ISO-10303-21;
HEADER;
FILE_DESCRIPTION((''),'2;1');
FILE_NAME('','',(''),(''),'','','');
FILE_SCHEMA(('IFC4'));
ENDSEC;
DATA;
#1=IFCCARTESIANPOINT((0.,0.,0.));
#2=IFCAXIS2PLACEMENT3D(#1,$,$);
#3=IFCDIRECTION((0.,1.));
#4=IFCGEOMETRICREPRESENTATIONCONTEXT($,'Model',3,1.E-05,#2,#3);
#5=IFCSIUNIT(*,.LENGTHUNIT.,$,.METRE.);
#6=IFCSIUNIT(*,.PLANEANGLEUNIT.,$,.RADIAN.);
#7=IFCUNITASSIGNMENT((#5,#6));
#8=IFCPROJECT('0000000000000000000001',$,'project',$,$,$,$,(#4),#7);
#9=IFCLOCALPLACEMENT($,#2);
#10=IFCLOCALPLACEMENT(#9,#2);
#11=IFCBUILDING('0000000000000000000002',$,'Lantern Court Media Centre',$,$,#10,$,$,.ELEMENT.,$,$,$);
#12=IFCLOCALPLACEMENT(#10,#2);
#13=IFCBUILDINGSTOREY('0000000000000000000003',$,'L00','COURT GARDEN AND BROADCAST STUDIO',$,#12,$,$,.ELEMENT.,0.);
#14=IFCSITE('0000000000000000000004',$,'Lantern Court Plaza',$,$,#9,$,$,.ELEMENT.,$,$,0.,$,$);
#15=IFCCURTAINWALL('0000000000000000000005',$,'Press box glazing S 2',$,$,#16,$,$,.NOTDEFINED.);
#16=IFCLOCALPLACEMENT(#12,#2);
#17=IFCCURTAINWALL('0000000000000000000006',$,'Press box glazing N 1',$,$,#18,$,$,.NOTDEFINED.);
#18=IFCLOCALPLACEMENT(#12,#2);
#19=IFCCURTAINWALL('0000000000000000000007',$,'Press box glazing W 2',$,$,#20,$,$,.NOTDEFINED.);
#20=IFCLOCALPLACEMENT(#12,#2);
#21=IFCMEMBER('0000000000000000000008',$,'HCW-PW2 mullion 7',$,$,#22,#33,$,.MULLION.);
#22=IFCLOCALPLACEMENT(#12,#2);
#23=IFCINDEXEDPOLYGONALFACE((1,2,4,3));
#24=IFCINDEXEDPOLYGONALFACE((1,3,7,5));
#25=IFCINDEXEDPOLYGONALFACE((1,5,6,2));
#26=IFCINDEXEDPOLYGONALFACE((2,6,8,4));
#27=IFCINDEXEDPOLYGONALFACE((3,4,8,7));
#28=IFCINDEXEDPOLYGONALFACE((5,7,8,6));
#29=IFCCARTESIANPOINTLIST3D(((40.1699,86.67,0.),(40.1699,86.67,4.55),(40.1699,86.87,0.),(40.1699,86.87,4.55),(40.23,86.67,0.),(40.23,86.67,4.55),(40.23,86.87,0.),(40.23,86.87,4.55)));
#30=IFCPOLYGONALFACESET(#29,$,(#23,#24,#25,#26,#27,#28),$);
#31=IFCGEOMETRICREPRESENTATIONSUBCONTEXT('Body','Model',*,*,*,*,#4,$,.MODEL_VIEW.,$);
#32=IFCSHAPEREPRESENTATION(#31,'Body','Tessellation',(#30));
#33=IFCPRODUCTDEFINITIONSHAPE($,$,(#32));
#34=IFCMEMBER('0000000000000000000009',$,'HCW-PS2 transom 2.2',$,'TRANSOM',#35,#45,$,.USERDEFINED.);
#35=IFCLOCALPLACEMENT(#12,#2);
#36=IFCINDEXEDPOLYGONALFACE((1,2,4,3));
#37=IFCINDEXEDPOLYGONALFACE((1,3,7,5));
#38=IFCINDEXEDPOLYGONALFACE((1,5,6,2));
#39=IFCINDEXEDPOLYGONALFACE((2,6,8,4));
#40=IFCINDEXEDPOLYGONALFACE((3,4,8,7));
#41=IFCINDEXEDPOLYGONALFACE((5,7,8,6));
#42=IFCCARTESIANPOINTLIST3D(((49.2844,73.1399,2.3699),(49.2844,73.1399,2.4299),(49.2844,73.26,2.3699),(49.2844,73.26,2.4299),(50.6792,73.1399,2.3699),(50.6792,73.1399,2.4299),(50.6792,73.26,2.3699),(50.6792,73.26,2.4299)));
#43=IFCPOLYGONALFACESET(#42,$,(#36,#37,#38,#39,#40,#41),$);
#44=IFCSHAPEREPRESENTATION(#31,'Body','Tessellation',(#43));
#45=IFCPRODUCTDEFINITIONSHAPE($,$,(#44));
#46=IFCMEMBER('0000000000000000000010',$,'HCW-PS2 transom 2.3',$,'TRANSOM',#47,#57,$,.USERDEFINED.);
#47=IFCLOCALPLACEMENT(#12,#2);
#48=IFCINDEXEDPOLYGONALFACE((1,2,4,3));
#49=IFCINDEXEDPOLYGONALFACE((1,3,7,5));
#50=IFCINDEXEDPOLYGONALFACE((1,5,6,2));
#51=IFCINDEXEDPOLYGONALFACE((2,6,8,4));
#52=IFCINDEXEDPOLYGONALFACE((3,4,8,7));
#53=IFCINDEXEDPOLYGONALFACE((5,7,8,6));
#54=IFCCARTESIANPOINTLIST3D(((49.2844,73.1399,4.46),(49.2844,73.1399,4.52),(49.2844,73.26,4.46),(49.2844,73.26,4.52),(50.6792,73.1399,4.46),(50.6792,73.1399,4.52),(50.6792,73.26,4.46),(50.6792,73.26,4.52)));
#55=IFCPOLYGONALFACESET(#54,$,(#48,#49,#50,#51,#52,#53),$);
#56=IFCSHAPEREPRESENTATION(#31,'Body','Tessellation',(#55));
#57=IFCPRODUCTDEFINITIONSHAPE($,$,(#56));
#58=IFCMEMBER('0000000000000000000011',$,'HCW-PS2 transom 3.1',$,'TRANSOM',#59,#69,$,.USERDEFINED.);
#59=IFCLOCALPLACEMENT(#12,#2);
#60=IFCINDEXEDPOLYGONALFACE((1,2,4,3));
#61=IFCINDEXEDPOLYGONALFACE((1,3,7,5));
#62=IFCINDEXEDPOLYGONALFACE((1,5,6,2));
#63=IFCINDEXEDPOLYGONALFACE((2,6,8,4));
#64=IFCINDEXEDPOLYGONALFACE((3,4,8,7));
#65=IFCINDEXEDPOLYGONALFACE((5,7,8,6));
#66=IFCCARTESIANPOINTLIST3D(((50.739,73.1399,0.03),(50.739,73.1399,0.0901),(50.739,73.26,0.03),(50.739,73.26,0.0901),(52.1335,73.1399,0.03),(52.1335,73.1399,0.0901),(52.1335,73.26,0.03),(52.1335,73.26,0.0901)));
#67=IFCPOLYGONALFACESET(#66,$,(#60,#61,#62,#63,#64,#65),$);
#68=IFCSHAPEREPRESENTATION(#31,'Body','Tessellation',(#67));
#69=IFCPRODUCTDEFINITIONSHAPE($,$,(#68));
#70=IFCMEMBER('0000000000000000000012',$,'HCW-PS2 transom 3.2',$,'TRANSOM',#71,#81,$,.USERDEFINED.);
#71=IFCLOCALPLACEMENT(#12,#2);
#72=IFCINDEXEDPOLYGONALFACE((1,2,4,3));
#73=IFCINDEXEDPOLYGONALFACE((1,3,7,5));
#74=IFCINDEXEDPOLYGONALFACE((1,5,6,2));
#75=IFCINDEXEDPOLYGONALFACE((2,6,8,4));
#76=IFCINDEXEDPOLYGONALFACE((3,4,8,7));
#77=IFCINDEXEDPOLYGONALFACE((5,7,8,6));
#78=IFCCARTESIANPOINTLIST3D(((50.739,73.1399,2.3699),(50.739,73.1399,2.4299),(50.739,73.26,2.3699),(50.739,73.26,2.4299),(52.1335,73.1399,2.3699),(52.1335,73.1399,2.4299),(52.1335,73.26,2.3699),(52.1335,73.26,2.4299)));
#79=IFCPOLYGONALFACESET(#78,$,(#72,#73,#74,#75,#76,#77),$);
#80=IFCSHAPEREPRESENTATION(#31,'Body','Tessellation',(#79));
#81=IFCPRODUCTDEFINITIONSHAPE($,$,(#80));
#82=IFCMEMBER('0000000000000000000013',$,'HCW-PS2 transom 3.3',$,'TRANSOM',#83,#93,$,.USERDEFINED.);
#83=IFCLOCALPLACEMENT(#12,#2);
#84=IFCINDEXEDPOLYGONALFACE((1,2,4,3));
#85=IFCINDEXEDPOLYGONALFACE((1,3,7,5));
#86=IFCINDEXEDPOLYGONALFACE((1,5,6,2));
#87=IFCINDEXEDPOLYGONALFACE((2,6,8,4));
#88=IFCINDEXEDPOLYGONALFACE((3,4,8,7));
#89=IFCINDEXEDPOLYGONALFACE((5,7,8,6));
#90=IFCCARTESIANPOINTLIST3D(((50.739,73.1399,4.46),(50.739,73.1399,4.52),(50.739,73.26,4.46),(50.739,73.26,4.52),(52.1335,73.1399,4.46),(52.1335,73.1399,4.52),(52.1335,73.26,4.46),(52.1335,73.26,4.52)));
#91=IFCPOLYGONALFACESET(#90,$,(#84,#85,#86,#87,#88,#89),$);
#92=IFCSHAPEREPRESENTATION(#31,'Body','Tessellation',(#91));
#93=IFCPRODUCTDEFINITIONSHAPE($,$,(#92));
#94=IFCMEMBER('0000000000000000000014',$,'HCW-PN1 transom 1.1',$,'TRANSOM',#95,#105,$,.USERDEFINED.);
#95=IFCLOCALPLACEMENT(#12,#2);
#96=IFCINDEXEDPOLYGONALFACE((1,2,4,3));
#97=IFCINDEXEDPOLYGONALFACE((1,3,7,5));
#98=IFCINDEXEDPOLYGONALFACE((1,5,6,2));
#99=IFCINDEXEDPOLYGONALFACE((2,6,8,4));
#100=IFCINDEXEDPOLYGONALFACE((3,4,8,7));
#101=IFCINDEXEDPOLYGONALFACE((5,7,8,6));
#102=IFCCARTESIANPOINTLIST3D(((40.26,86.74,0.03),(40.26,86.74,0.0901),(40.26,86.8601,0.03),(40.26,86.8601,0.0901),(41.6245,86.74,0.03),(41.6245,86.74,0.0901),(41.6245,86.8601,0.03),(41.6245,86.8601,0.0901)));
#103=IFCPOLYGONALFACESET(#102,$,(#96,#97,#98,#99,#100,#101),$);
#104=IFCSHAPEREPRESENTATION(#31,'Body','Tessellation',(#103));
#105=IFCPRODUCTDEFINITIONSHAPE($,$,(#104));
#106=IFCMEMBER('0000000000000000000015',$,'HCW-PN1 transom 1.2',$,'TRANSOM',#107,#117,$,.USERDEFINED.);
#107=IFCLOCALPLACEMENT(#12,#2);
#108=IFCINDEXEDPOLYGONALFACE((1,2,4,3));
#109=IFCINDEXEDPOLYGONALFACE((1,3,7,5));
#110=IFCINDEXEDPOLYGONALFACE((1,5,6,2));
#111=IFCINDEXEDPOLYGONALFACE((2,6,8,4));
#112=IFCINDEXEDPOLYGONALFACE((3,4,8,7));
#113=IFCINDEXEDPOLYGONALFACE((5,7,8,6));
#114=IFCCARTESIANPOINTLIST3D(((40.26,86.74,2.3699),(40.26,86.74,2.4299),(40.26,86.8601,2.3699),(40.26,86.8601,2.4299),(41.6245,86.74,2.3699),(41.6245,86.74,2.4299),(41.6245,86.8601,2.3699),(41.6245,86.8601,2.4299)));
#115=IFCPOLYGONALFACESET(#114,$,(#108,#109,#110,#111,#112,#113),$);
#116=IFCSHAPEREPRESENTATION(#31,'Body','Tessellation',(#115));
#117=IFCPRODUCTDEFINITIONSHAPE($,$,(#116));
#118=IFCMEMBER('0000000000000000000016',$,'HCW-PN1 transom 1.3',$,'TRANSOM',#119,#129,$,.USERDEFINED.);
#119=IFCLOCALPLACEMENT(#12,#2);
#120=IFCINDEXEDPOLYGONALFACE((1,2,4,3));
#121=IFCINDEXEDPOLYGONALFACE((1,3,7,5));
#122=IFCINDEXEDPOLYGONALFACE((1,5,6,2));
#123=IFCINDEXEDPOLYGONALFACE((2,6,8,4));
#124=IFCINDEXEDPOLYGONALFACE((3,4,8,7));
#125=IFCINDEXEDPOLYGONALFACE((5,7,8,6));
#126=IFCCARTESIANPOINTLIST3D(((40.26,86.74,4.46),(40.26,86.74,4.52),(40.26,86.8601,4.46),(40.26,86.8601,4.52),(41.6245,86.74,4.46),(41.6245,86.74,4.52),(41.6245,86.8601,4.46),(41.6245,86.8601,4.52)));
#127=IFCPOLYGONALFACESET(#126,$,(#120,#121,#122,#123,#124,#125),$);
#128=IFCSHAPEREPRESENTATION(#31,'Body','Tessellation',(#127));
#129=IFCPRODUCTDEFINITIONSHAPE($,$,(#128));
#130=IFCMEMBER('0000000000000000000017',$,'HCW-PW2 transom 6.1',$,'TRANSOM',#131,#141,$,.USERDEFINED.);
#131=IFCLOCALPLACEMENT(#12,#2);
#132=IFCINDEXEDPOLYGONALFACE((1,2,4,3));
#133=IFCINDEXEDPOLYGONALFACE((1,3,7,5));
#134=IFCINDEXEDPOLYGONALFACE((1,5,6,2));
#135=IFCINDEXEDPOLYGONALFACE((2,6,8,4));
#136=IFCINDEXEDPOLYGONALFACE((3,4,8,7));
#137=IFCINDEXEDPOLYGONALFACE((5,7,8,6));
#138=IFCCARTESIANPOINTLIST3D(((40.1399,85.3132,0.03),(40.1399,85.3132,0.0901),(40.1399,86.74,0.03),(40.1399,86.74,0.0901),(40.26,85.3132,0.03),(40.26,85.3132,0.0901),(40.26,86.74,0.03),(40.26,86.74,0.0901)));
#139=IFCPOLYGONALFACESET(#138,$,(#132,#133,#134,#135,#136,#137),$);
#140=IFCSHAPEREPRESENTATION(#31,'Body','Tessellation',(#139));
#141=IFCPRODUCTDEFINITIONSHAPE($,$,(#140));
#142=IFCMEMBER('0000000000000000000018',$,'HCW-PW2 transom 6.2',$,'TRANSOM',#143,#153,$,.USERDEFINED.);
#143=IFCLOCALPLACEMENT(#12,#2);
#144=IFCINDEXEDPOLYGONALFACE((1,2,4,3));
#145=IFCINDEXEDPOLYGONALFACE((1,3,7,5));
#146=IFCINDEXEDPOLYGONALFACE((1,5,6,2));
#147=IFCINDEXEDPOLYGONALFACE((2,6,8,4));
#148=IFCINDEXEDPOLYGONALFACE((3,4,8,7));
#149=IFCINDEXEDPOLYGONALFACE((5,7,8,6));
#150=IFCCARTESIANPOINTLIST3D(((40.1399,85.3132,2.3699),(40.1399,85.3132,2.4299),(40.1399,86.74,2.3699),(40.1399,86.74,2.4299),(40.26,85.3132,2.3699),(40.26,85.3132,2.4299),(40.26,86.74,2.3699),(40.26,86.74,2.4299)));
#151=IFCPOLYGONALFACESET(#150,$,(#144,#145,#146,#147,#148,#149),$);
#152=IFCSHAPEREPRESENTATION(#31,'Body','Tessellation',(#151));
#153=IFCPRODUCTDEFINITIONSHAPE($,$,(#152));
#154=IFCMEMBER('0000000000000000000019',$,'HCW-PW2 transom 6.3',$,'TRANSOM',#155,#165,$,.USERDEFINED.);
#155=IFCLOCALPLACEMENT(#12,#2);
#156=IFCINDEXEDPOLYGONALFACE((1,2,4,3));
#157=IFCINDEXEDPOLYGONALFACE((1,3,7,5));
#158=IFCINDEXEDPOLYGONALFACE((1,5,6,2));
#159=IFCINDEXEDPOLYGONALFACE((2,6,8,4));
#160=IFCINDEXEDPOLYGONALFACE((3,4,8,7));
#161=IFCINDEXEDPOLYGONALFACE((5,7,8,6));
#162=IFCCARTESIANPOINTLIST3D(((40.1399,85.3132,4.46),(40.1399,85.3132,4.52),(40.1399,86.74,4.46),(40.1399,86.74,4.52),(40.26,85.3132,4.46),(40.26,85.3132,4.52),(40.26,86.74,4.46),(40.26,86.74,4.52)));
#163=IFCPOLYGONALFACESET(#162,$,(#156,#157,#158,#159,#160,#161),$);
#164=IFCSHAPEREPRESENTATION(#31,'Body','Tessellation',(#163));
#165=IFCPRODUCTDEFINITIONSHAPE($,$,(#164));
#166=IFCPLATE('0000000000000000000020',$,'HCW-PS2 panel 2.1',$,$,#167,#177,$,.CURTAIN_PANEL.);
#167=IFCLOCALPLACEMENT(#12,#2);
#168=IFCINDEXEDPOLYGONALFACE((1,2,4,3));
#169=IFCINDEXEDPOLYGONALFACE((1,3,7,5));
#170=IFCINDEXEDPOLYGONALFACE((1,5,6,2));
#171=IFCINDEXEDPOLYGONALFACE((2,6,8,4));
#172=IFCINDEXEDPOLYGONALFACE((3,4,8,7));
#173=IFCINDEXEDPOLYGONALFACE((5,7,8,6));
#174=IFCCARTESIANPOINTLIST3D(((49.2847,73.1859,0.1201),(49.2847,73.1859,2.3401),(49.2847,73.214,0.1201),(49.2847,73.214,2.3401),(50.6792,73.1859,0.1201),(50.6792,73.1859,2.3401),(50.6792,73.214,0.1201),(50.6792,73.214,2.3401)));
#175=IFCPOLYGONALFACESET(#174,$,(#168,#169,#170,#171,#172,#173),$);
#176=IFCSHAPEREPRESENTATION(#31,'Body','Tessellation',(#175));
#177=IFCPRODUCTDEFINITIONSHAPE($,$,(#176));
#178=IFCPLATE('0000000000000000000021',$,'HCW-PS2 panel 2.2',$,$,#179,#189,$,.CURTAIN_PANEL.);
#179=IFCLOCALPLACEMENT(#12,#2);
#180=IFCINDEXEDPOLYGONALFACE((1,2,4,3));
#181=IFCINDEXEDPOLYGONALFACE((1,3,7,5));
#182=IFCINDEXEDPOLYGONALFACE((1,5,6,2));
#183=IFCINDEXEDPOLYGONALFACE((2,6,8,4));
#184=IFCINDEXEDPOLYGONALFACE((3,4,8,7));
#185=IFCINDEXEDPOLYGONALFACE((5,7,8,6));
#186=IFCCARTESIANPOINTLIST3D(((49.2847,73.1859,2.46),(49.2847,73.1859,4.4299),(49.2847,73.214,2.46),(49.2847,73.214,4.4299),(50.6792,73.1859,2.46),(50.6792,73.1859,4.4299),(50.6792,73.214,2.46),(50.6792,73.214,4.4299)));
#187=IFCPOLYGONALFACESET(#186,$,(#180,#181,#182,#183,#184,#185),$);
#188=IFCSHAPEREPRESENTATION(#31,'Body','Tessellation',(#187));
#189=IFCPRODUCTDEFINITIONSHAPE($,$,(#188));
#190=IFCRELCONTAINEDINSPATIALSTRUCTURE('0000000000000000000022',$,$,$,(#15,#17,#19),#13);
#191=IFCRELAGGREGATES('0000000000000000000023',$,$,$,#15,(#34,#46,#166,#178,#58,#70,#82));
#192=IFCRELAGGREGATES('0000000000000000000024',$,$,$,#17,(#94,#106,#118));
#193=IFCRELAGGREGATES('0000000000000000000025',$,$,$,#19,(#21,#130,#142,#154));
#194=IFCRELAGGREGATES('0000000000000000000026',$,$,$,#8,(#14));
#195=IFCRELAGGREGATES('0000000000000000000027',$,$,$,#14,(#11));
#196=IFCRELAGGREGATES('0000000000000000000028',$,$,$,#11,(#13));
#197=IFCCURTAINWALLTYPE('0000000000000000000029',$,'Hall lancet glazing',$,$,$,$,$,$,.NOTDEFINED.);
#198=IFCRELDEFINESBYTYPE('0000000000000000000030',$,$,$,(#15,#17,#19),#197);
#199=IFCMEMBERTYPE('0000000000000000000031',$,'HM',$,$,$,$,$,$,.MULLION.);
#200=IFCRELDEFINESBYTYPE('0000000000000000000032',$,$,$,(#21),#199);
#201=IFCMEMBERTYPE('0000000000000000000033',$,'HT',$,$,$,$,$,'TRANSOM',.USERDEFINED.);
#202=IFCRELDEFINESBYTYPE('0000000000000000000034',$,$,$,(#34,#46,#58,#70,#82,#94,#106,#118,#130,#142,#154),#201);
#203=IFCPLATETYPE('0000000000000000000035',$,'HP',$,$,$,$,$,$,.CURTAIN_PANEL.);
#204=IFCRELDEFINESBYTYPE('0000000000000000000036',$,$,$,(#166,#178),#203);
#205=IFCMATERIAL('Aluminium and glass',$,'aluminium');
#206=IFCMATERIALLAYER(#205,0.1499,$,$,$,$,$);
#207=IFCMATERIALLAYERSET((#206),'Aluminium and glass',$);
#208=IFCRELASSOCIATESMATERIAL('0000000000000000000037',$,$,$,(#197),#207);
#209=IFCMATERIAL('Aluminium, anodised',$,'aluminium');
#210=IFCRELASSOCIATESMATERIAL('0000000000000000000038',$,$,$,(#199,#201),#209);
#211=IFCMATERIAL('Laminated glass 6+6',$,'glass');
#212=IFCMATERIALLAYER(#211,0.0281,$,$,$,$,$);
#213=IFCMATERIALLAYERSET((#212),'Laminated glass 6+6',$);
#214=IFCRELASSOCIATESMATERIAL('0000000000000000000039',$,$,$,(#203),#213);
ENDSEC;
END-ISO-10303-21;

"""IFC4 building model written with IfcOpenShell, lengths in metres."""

from ifc_helpers import new_model, si_unit, direction, frame, origin, origin_2d, place, context, subcontext, project, spatial, rectangle, extrude, material, layer, layer_set, material_profile, profile_set, type_object, element, aggregate, save


model = new_model("IFC4")

# Units and contexts
model_context = context("Model", 3, precision=1e-05, world=origin(), true_north=direction((0.0, 1.0)))
body_context = subcontext(model_context, "Body", "Model", "MODEL_VIEW")
ifc_project = project(units=[si_unit("LENGTHUNIT", "METRE"), si_unit("PLANEANGLEUNIT", "RADIAN")], contexts=[model_context])

# Site, building, storey
site_placement = place(None, origin())
site = spatial("IfcSite", under=ifc_project, at=site_placement, Name="Lantern Court Plaza", CompositionType="ELEMENT", RefElevation=0.0)
building_placement = place(site_placement, origin())
building = spatial("IfcBuilding", under=site, at=building_placement, Name="Lantern Court Media Centre", CompositionType="ELEMENT")
storey_placement = place(building_placement, origin())
storey = spatial("IfcBuildingStorey", under=building, at=storey_placement, Name="L00", Description="COURT GARDEN AND BROADCAST STUDIO", CompositionType="ELEMENT", Elevation=0.0)

# Curtain walls
ifc_material_1 = material(Name="Aluminium and glass", Category="aluminium")
ifc_layer_1 = layer(ifc_material_1, 0.1499)
ifc_layer_set_1 = layer_set([ifc_layer_1], Name="Aluminium and glass")
curtain_wall_type = type_object("IfcCurtainWallType", Name="Hall lancet glazing", PredefinedType="NOTDEFINED", material=ifc_layer_set_1)
curtain_wall_1_placement = place(storey_placement, origin())
curtain_wall_1 = element("IfcCurtainWall", 1, at=curtain_wall_1_placement, inside=storey, type_object=curtain_wall_type, Name="Press box glazing S 2", PredefinedType="NOTDEFINED")
ifc_material_2 = material(Name="Aluminium, anodised", Category="aluminium")
ifc_material_profile_1 = material_profile(ifc_material_2, rectangle(XDim=0.0601, YDim=0.2, at=origin_2d()), Name="HM")
ifc_profile_set_1 = profile_set([ifc_material_profile_1], Name="Aluminium, anodised")
member_type_1 = type_object("IfcMemberType", Name="HM", PredefinedType="MULLION", material=ifc_profile_set_1)
curtain_wall_2_placement = place(storey_placement, origin())
curtain_wall_2 = element("IfcCurtainWall", 2, at=curtain_wall_2_placement, inside=storey, type_object=curtain_wall_type, Name="Press box glazing N 1", PredefinedType="NOTDEFINED")

# Curtain wall, member
curtain_wall_3_placement = place(storey_placement, origin())
curtain_wall_3 = element("IfcCurtainWall", 3, at=curtain_wall_3_placement, inside=storey, type_object=curtain_wall_type, Name="Press box glazing W 2", PredefinedType="NOTDEFINED")
member_1_placement = place(storey_placement, frame((40.2, 86.77, 0.0), z_axis=(0.0, 0.0, 1.0), x_axis=(-1.0, 0.0, 0.0)))
member_1 = element("IfcMember", 4, at=member_1_placement, type_object=member_type_1, Name="HCW-PW2 mullion 7", PredefinedType="MULLION", context=body_context, shape_type="SweptSolid", body=[
    extrude(rectangle(XDim=0.0601, YDim=0.2, at=origin_2d()), origin(), (0.0, 0.0, 1.0), 4.55),
])

# Members
ifc_material_profile_2 = material_profile(ifc_material_2, rectangle(XDim=0.1201, YDim=0.0601, at=origin_2d()), Name="HT")
ifc_profile_set_2 = profile_set([ifc_material_profile_2], Name="Aluminium, anodised")
member_type_2 = type_object("IfcMemberType", Name="HT", ElementType="TRANSOM", PredefinedType="USERDEFINED", material=ifc_profile_set_2)
member_2_placement = place(storey_placement, frame((49.2844, 73.2, 2.3999), z_axis=(1.0, 0.0, 0.0), x_axis=(0.0, 1.0, 0.0)))
member_2 = element("IfcMember", 5, at=member_2_placement, type_object=member_type_2, Name="HCW-PS2 transom 2.2", ObjectType="TRANSOM", PredefinedType="USERDEFINED", context=body_context, shape_type="SweptSolid", body=[
    extrude(rectangle(XDim=0.1201, YDim=0.0601, at=origin_2d()), origin(), (0.0, 0.0, 1.0), 1.3948),
])
member_3_placement = place(storey_placement, frame((49.2844, 73.2, 4.49), z_axis=(1.0, 0.0, 0.0), x_axis=(0.0, 1.0, 0.0)))
member_3 = element("IfcMember", 6, at=member_3_placement, type_object=member_type_2, Name="HCW-PS2 transom 2.3", ObjectType="TRANSOM", PredefinedType="USERDEFINED", context=body_context, shape_type="SweptSolid", body=[
    extrude(rectangle(XDim=0.1201, YDim=0.0601, at=origin_2d()), origin(), (0.0, 0.0, 1.0), 1.3948),
])
member_4_placement = place(storey_placement, frame((50.739, 73.2, 0.0601), z_axis=(1.0, 0.0, 0.0), x_axis=(0.0, 1.0, 0.0)))
member_4 = element("IfcMember", 7, at=member_4_placement, type_object=member_type_2, Name="HCW-PS2 transom 3.1", ObjectType="TRANSOM", PredefinedType="USERDEFINED", context=body_context, shape_type="SweptSolid", body=[
    extrude(rectangle(XDim=0.1201, YDim=0.0601, at=origin_2d()), origin(), (0.0, 0.0, 1.0), 1.3945),
])
member_5_placement = place(storey_placement, frame((50.739, 73.2, 2.3999), z_axis=(1.0, 0.0, 0.0), x_axis=(0.0, 1.0, 0.0)))
member_5 = element("IfcMember", 8, at=member_5_placement, type_object=member_type_2, Name="HCW-PS2 transom 3.2", ObjectType="TRANSOM", PredefinedType="USERDEFINED", context=body_context, shape_type="SweptSolid", body=[
    extrude(rectangle(XDim=0.1201, YDim=0.0601, at=origin_2d()), origin(), (0.0, 0.0, 1.0), 1.3945),
])
member_6_placement = place(storey_placement, frame((50.739, 73.2, 4.49), z_axis=(1.0, 0.0, 0.0), x_axis=(0.0, 1.0, 0.0)))
member_6 = element("IfcMember", 9, at=member_6_placement, type_object=member_type_2, Name="HCW-PS2 transom 3.3", ObjectType="TRANSOM", PredefinedType="USERDEFINED", context=body_context, shape_type="SweptSolid", body=[
    extrude(rectangle(XDim=0.1201, YDim=0.0601, at=origin_2d()), origin(), (0.0, 0.0, 1.0), 1.3945),
])
member_7_placement = place(storey_placement, frame((40.26, 86.8, 0.0601), z_axis=(1.0, 0.0, 0.0), x_axis=(0.0, 1.0, 0.0)))
member_7 = element("IfcMember", 10, at=member_7_placement, type_object=member_type_2, Name="HCW-PN1 transom 1.1", ObjectType="TRANSOM", PredefinedType="USERDEFINED", context=body_context, shape_type="SweptSolid", body=[
    extrude(rectangle(XDim=0.1201, YDim=0.0601, at=origin_2d()), origin(), (0.0, 0.0, 1.0), 1.3645),
])
member_8_placement = place(storey_placement, frame((40.26, 86.8, 2.3999), z_axis=(1.0, 0.0, 0.0), x_axis=(0.0, 1.0, 0.0)))
member_8 = element("IfcMember", 11, at=member_8_placement, type_object=member_type_2, Name="HCW-PN1 transom 1.2", ObjectType="TRANSOM", PredefinedType="USERDEFINED", context=body_context, shape_type="SweptSolid", body=[
    extrude(rectangle(XDim=0.1201, YDim=0.0601, at=origin_2d()), origin(), (0.0, 0.0, 1.0), 1.3645),
])
member_9_placement = place(storey_placement, frame((40.26, 86.8, 4.49), z_axis=(1.0, 0.0, 0.0), x_axis=(0.0, 1.0, 0.0)))
member_9 = element("IfcMember", 12, at=member_9_placement, type_object=member_type_2, Name="HCW-PN1 transom 1.3", ObjectType="TRANSOM", PredefinedType="USERDEFINED", context=body_context, shape_type="SweptSolid", body=[
    extrude(rectangle(XDim=0.1201, YDim=0.0601, at=origin_2d()), origin(), (0.0, 0.0, 1.0), 1.3645),
])
member_10_placement = place(storey_placement, frame((40.2, 85.3132, 0.0601), z_axis=(0.0, 1.0, 0.0), x_axis=(-1.0, 0.0, 0.0)))
member_10 = element("IfcMember", 13, at=member_10_placement, type_object=member_type_2, Name="HCW-PW2 transom 6.1", ObjectType="TRANSOM", PredefinedType="USERDEFINED", context=body_context, shape_type="SweptSolid", body=[
    extrude(rectangle(XDim=0.1201, YDim=0.0601, at=origin_2d()), origin(), (0.0, 0.0, 1.0), 1.4268),
])
member_11_placement = place(storey_placement, frame((40.2, 85.3132, 2.3999), z_axis=(0.0, 1.0, 0.0), x_axis=(-1.0, 0.0, 0.0)))
member_11 = element("IfcMember", 14, at=member_11_placement, type_object=member_type_2, Name="HCW-PW2 transom 6.2", ObjectType="TRANSOM", PredefinedType="USERDEFINED", context=body_context, shape_type="SweptSolid", body=[
    extrude(rectangle(XDim=0.1201, YDim=0.0601, at=origin_2d()), origin(), (0.0, 0.0, 1.0), 1.4268),
])
member_12_placement = place(storey_placement, frame((40.2, 85.3132, 4.49), z_axis=(0.0, 1.0, 0.0), x_axis=(-1.0, 0.0, 0.0)))
member_12 = element("IfcMember", 15, at=member_12_placement, type_object=member_type_2, Name="HCW-PW2 transom 6.3", ObjectType="TRANSOM", PredefinedType="USERDEFINED", context=body_context, shape_type="SweptSolid", body=[
    extrude(rectangle(XDim=0.1201, YDim=0.0601, at=origin_2d()), origin(), (0.0, 0.0, 1.0), 1.4268),
])

# Plates
ifc_material_3 = material(Name="Laminated glass 6+6", Category="glass")
ifc_layer_2 = layer(ifc_material_3, 0.0281)
ifc_layer_set_2 = layer_set([ifc_layer_2], Name="Laminated glass 6+6")
plate_type = type_object("IfcPlateType", Name="HP", PredefinedType="CURTAIN_PANEL", material=ifc_layer_set_2)
plate_1_placement = place(storey_placement, frame((49.9819, 73.2, 0.1201), z_axis=(0.0, 0.0, 1.0), x_axis=(1.0, 0.0, 0.0)))
plate_1 = element("IfcPlate", 16, at=plate_1_placement, type_object=plate_type, Name="HCW-PS2 panel 2.1", PredefinedType="CURTAIN_PANEL", context=body_context, shape_type="SweptSolid", body=[
    extrude(rectangle(XDim=1.3945, YDim=0.0281, at=origin_2d()), origin(), (0.0, 0.0, 1.0), 2.22),
])
plate_2_placement = place(storey_placement, frame((49.9819, 73.2, 2.46), z_axis=(0.0, 0.0, 1.0), x_axis=(1.0, 0.0, 0.0)))
plate_2 = element("IfcPlate", 17, at=plate_2_placement, type_object=plate_type, Name="HCW-PS2 panel 2.2", PredefinedType="CURTAIN_PANEL", context=body_context, shape_type="SweptSolid", body=[
    extrude(rectangle(XDim=1.3945, YDim=0.0281, at=origin_2d()), origin(), (0.0, 0.0, 1.0), 1.97),
])
aggregate(curtain_wall_1, [member_2, member_3, plate_1, plate_2, member_4, member_5, member_6])
aggregate(curtain_wall_2, [member_7, member_8, member_9])
aggregate(curtain_wall_3, [member_1, member_10, member_11, member_12])

save(model, "model.ifc")
